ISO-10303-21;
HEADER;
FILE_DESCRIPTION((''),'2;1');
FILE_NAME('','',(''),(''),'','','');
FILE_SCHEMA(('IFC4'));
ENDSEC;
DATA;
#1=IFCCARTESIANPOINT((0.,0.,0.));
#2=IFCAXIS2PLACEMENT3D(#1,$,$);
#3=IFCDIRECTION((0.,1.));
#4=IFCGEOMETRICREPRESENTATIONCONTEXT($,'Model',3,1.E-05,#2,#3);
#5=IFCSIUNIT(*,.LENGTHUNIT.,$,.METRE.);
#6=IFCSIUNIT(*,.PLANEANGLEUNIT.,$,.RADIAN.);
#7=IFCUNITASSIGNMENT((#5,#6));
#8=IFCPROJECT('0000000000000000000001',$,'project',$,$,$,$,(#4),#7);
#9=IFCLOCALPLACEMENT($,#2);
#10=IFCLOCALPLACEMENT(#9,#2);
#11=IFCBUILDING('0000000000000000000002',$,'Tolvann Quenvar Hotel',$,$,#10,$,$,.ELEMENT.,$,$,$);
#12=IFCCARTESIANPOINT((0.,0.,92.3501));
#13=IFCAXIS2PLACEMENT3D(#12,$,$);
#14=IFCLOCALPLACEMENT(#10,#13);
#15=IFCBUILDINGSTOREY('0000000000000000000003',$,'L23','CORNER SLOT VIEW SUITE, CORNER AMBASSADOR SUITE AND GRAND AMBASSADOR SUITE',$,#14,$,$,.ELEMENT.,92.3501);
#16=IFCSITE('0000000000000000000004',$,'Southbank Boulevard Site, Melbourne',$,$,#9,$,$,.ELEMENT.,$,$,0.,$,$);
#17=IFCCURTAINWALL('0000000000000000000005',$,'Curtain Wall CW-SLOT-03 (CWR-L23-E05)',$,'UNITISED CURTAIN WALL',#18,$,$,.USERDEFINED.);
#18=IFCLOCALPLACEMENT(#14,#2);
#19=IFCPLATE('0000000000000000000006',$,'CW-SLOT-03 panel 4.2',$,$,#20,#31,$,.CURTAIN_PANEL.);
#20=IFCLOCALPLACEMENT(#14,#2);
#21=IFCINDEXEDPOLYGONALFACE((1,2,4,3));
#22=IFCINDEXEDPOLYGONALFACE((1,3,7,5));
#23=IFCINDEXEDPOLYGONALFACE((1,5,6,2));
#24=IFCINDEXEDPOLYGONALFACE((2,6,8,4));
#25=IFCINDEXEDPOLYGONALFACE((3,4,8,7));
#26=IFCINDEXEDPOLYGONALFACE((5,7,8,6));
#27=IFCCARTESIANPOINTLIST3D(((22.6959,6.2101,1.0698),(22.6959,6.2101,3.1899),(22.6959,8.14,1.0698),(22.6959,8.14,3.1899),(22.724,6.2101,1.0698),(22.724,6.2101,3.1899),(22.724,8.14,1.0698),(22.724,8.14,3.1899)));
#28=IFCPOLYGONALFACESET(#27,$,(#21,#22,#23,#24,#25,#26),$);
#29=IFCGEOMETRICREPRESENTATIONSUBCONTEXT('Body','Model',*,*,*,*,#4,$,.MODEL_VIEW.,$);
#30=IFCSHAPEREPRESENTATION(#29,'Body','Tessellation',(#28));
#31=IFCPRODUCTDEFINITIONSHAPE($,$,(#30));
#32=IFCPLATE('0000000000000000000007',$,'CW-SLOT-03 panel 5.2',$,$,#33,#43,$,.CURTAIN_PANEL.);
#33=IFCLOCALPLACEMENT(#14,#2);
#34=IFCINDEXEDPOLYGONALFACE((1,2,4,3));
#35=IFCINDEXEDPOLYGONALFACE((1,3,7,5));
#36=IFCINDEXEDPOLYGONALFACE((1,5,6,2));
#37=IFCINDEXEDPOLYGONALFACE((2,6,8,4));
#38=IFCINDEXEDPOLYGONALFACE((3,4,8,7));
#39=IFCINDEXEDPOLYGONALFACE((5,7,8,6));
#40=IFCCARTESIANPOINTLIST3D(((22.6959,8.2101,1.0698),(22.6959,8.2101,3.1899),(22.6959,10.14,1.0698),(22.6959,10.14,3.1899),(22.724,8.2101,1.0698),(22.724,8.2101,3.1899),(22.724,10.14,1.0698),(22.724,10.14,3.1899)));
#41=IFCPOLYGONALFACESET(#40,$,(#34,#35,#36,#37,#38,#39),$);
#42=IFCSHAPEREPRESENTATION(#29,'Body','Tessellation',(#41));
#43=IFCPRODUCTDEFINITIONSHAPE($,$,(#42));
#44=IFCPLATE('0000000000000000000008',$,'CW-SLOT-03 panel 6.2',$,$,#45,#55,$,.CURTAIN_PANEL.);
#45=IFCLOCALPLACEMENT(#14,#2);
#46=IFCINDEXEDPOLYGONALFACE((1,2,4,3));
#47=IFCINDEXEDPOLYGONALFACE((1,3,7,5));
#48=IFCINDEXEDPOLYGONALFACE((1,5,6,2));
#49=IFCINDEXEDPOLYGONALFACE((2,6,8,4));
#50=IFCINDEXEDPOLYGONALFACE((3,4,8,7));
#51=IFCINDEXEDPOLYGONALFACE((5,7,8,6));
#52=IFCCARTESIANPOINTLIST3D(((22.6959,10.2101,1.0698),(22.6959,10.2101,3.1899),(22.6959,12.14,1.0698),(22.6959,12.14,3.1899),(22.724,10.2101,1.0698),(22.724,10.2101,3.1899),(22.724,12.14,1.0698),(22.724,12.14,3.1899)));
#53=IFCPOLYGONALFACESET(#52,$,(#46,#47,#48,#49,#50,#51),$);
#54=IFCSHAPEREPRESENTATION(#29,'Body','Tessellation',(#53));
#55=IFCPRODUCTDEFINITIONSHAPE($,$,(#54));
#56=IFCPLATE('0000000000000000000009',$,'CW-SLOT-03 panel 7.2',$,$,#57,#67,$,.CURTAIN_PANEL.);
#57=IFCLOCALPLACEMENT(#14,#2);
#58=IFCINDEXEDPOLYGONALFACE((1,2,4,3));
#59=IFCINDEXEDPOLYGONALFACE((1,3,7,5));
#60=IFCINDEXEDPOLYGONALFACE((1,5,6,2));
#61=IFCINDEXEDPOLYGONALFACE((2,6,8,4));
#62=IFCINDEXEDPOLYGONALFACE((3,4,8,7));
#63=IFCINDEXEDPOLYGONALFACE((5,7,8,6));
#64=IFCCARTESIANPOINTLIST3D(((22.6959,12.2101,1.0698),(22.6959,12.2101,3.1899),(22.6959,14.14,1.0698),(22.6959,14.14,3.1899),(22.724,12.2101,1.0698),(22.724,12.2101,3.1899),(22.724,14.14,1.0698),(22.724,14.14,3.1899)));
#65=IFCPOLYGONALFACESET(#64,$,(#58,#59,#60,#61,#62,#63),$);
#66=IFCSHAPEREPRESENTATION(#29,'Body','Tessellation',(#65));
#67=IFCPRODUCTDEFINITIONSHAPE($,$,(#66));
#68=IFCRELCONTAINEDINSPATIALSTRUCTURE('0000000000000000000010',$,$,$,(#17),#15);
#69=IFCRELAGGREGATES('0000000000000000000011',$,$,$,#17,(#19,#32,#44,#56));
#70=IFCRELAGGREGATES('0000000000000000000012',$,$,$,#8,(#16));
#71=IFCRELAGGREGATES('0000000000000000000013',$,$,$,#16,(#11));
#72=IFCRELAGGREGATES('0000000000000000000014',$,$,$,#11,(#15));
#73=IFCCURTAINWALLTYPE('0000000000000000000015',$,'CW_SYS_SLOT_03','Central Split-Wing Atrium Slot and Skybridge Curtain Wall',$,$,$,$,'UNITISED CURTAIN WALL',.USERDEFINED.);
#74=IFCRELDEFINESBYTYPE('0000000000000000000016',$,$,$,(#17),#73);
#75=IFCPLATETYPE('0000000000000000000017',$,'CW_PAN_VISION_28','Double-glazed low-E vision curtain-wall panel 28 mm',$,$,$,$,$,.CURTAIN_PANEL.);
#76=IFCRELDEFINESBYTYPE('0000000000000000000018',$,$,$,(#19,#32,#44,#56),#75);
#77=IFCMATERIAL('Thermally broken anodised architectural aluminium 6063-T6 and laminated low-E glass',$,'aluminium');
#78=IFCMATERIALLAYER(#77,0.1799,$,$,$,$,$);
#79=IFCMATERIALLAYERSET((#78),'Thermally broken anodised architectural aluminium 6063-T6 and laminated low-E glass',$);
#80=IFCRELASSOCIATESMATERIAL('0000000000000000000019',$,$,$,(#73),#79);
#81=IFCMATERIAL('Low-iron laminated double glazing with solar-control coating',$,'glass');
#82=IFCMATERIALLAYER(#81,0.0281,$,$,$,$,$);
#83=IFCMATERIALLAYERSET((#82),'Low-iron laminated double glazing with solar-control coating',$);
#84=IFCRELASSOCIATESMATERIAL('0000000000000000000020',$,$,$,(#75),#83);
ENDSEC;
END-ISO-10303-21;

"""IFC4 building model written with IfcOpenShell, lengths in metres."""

from ifc_helpers import new_model, si_unit, direction, frame, origin, origin_2d, place, context, subcontext, project, spatial, rectangle, extrude, source, transform, mapped, material, layer, layer_set, type_object, element, aggregate, save


model = new_model("IFC4")

# Units and contexts
model_context = context("Model", 3, precision=1e-05, world=origin(), true_north=direction((0.0, 1.0)))
body_context = subcontext(model_context, "Body", "Model", "MODEL_VIEW")
ifc_project = project(units=[si_unit("LENGTHUNIT", "METRE"), si_unit("PLANEANGLEUNIT", "RADIAN")], contexts=[model_context])

# Site, building, storey
site_placement = place(None, origin())
site = spatial("IfcSite", under=ifc_project, at=site_placement, Name="Southbank Boulevard Site, Melbourne", CompositionType="ELEMENT", RefElevation=0.0)
building_placement = place(site_placement, origin())
building = spatial("IfcBuilding", under=site, at=building_placement, Name="Tolvann Quenvar Hotel", CompositionType="ELEMENT")
storey_placement = place(building_placement, frame((0.0, 0.0, 92.3501)))
storey = spatial("IfcBuildingStorey", under=building, at=storey_placement, Name="L23", Description="CORNER SLOT VIEW SUITE, CORNER AMBASSADOR SUITE AND GRAND AMBASSADOR SUITE", CompositionType="ELEMENT", Elevation=92.3501)

# Curtain wall, plates
ifc_material_1 = material(Name="Thermally broken anodised architectural aluminium 6063-T6 and laminated low-E glass", Category="aluminium")
ifc_layer_1 = layer(ifc_material_1, 0.1799)
ifc_layer_set_1 = layer_set([ifc_layer_1], Name="Thermally broken anodised architectural aluminium 6063-T6 and laminated low-E glass")
curtain_wall_type = type_object("IfcCurtainWallType", Name="CW_SYS_SLOT_03", Description="Central Split-Wing Atrium Slot and Skybridge Curtain Wall", ElementType="UNITISED CURTAIN WALL", PredefinedType="USERDEFINED", material=ifc_layer_set_1)
curtain_wall_placement = place(storey_placement, origin())
curtain_wall = element("IfcCurtainWall", 1, at=curtain_wall_placement, inside=storey, type_object=curtain_wall_type, Name="Curtain Wall CW-SLOT-03 (CWR-L23-E05)", ObjectType="UNITISED CURTAIN WALL", PredefinedType="USERDEFINED")
ifc_material_2 = material(Name="Low-iron laminated double glazing with solar-control coating", Category="glass")
ifc_layer_2 = layer(ifc_material_2, 0.0281)
ifc_layer_set_2 = layer_set([ifc_layer_2], Name="Low-iron laminated double glazing with solar-control coating")
plate_type = type_object("IfcPlateType", Name="CW_PAN_VISION_28", Description="Double-glazed low-E vision curtain-wall panel 28 mm", PredefinedType="CURTAIN_PANEL", material=ifc_layer_set_2)
shared_shape_1 = source(origin(), body_context, "Body", "SweptSolid", [
    extrude(rectangle(XDim=1.9299, YDim=0.0281, at=origin_2d()), origin(), (0.0, 0.0, 1.0), 2.1201),
])
plate_1_placement = place(storey_placement, frame((22.71, 7.175, 1.0698), z_axis=(0.0, 0.0, 1.0), x_axis=(0.0, 1.0, 0.0)))
plate_1 = element("IfcPlate", 2, at=plate_1_placement, type_object=plate_type, Name="CW-SLOT-03 panel 4.2", PredefinedType="CURTAIN_PANEL", context=body_context, shape_type="MappedRepresentation", body=[
    mapped(shared_shape_1, transform((0.0, 0.0, 0.0), x_axis=(1.0, 0.0, 0.0), y_axis=(0.0, 1.0, 0.0), z_axis=(0.0, 0.0, 1.0), scale=1.0)),
])
plate_2_placement = place(storey_placement, frame((22.71, 9.175, 1.0698), z_axis=(0.0, 0.0, 1.0), x_axis=(0.0, 1.0, 0.0)))
plate_2 = element("IfcPlate", 3, at=plate_2_placement, type_object=plate_type, Name="CW-SLOT-03 panel 5.2", PredefinedType="CURTAIN_PANEL", context=body_context, shape_type="MappedRepresentation", body=[
    mapped(shared_shape_1, transform((0.0, 0.0, 0.0), x_axis=(1.0, 0.0, 0.0), y_axis=(0.0, 1.0, 0.0), z_axis=(0.0, 0.0, 1.0), scale=1.0)),
])
plate_3_placement = place(storey_placement, frame((22.71, 11.175, 1.0698), z_axis=(0.0, 0.0, 1.0), x_axis=(0.0, 1.0, 0.0)))
plate_3 = element("IfcPlate", 4, at=plate_3_placement, type_object=plate_type, Name="CW-SLOT-03 panel 6.2", PredefinedType="CURTAIN_PANEL", context=body_context, shape_type="MappedRepresentation", body=[
    mapped(shared_shape_1, transform((0.0, 0.0, 0.0), x_axis=(1.0, 0.0, 0.0), y_axis=(0.0, 1.0, 0.0), z_axis=(0.0, 0.0, 1.0), scale=1.0)),
])
plate_4_placement = place(storey_placement, frame((22.71, 13.175, 1.0698), z_axis=(0.0, 0.0, 1.0), x_axis=(0.0, 1.0, 0.0)))
plate_4 = element("IfcPlate", 5, at=plate_4_placement, type_object=plate_type, Name="CW-SLOT-03 panel 7.2", PredefinedType="CURTAIN_PANEL", context=body_context, shape_type="MappedRepresentation", body=[
    mapped(shared_shape_1, transform((0.0, 0.0, 0.0), x_axis=(1.0, 0.0, 0.0), y_axis=(0.0, 1.0, 0.0), z_axis=(0.0, 0.0, 1.0), scale=1.0)),
])
aggregate(curtain_wall, [plate_1, plate_2, plate_3, plate_4])

save(model, "model.ifc")
